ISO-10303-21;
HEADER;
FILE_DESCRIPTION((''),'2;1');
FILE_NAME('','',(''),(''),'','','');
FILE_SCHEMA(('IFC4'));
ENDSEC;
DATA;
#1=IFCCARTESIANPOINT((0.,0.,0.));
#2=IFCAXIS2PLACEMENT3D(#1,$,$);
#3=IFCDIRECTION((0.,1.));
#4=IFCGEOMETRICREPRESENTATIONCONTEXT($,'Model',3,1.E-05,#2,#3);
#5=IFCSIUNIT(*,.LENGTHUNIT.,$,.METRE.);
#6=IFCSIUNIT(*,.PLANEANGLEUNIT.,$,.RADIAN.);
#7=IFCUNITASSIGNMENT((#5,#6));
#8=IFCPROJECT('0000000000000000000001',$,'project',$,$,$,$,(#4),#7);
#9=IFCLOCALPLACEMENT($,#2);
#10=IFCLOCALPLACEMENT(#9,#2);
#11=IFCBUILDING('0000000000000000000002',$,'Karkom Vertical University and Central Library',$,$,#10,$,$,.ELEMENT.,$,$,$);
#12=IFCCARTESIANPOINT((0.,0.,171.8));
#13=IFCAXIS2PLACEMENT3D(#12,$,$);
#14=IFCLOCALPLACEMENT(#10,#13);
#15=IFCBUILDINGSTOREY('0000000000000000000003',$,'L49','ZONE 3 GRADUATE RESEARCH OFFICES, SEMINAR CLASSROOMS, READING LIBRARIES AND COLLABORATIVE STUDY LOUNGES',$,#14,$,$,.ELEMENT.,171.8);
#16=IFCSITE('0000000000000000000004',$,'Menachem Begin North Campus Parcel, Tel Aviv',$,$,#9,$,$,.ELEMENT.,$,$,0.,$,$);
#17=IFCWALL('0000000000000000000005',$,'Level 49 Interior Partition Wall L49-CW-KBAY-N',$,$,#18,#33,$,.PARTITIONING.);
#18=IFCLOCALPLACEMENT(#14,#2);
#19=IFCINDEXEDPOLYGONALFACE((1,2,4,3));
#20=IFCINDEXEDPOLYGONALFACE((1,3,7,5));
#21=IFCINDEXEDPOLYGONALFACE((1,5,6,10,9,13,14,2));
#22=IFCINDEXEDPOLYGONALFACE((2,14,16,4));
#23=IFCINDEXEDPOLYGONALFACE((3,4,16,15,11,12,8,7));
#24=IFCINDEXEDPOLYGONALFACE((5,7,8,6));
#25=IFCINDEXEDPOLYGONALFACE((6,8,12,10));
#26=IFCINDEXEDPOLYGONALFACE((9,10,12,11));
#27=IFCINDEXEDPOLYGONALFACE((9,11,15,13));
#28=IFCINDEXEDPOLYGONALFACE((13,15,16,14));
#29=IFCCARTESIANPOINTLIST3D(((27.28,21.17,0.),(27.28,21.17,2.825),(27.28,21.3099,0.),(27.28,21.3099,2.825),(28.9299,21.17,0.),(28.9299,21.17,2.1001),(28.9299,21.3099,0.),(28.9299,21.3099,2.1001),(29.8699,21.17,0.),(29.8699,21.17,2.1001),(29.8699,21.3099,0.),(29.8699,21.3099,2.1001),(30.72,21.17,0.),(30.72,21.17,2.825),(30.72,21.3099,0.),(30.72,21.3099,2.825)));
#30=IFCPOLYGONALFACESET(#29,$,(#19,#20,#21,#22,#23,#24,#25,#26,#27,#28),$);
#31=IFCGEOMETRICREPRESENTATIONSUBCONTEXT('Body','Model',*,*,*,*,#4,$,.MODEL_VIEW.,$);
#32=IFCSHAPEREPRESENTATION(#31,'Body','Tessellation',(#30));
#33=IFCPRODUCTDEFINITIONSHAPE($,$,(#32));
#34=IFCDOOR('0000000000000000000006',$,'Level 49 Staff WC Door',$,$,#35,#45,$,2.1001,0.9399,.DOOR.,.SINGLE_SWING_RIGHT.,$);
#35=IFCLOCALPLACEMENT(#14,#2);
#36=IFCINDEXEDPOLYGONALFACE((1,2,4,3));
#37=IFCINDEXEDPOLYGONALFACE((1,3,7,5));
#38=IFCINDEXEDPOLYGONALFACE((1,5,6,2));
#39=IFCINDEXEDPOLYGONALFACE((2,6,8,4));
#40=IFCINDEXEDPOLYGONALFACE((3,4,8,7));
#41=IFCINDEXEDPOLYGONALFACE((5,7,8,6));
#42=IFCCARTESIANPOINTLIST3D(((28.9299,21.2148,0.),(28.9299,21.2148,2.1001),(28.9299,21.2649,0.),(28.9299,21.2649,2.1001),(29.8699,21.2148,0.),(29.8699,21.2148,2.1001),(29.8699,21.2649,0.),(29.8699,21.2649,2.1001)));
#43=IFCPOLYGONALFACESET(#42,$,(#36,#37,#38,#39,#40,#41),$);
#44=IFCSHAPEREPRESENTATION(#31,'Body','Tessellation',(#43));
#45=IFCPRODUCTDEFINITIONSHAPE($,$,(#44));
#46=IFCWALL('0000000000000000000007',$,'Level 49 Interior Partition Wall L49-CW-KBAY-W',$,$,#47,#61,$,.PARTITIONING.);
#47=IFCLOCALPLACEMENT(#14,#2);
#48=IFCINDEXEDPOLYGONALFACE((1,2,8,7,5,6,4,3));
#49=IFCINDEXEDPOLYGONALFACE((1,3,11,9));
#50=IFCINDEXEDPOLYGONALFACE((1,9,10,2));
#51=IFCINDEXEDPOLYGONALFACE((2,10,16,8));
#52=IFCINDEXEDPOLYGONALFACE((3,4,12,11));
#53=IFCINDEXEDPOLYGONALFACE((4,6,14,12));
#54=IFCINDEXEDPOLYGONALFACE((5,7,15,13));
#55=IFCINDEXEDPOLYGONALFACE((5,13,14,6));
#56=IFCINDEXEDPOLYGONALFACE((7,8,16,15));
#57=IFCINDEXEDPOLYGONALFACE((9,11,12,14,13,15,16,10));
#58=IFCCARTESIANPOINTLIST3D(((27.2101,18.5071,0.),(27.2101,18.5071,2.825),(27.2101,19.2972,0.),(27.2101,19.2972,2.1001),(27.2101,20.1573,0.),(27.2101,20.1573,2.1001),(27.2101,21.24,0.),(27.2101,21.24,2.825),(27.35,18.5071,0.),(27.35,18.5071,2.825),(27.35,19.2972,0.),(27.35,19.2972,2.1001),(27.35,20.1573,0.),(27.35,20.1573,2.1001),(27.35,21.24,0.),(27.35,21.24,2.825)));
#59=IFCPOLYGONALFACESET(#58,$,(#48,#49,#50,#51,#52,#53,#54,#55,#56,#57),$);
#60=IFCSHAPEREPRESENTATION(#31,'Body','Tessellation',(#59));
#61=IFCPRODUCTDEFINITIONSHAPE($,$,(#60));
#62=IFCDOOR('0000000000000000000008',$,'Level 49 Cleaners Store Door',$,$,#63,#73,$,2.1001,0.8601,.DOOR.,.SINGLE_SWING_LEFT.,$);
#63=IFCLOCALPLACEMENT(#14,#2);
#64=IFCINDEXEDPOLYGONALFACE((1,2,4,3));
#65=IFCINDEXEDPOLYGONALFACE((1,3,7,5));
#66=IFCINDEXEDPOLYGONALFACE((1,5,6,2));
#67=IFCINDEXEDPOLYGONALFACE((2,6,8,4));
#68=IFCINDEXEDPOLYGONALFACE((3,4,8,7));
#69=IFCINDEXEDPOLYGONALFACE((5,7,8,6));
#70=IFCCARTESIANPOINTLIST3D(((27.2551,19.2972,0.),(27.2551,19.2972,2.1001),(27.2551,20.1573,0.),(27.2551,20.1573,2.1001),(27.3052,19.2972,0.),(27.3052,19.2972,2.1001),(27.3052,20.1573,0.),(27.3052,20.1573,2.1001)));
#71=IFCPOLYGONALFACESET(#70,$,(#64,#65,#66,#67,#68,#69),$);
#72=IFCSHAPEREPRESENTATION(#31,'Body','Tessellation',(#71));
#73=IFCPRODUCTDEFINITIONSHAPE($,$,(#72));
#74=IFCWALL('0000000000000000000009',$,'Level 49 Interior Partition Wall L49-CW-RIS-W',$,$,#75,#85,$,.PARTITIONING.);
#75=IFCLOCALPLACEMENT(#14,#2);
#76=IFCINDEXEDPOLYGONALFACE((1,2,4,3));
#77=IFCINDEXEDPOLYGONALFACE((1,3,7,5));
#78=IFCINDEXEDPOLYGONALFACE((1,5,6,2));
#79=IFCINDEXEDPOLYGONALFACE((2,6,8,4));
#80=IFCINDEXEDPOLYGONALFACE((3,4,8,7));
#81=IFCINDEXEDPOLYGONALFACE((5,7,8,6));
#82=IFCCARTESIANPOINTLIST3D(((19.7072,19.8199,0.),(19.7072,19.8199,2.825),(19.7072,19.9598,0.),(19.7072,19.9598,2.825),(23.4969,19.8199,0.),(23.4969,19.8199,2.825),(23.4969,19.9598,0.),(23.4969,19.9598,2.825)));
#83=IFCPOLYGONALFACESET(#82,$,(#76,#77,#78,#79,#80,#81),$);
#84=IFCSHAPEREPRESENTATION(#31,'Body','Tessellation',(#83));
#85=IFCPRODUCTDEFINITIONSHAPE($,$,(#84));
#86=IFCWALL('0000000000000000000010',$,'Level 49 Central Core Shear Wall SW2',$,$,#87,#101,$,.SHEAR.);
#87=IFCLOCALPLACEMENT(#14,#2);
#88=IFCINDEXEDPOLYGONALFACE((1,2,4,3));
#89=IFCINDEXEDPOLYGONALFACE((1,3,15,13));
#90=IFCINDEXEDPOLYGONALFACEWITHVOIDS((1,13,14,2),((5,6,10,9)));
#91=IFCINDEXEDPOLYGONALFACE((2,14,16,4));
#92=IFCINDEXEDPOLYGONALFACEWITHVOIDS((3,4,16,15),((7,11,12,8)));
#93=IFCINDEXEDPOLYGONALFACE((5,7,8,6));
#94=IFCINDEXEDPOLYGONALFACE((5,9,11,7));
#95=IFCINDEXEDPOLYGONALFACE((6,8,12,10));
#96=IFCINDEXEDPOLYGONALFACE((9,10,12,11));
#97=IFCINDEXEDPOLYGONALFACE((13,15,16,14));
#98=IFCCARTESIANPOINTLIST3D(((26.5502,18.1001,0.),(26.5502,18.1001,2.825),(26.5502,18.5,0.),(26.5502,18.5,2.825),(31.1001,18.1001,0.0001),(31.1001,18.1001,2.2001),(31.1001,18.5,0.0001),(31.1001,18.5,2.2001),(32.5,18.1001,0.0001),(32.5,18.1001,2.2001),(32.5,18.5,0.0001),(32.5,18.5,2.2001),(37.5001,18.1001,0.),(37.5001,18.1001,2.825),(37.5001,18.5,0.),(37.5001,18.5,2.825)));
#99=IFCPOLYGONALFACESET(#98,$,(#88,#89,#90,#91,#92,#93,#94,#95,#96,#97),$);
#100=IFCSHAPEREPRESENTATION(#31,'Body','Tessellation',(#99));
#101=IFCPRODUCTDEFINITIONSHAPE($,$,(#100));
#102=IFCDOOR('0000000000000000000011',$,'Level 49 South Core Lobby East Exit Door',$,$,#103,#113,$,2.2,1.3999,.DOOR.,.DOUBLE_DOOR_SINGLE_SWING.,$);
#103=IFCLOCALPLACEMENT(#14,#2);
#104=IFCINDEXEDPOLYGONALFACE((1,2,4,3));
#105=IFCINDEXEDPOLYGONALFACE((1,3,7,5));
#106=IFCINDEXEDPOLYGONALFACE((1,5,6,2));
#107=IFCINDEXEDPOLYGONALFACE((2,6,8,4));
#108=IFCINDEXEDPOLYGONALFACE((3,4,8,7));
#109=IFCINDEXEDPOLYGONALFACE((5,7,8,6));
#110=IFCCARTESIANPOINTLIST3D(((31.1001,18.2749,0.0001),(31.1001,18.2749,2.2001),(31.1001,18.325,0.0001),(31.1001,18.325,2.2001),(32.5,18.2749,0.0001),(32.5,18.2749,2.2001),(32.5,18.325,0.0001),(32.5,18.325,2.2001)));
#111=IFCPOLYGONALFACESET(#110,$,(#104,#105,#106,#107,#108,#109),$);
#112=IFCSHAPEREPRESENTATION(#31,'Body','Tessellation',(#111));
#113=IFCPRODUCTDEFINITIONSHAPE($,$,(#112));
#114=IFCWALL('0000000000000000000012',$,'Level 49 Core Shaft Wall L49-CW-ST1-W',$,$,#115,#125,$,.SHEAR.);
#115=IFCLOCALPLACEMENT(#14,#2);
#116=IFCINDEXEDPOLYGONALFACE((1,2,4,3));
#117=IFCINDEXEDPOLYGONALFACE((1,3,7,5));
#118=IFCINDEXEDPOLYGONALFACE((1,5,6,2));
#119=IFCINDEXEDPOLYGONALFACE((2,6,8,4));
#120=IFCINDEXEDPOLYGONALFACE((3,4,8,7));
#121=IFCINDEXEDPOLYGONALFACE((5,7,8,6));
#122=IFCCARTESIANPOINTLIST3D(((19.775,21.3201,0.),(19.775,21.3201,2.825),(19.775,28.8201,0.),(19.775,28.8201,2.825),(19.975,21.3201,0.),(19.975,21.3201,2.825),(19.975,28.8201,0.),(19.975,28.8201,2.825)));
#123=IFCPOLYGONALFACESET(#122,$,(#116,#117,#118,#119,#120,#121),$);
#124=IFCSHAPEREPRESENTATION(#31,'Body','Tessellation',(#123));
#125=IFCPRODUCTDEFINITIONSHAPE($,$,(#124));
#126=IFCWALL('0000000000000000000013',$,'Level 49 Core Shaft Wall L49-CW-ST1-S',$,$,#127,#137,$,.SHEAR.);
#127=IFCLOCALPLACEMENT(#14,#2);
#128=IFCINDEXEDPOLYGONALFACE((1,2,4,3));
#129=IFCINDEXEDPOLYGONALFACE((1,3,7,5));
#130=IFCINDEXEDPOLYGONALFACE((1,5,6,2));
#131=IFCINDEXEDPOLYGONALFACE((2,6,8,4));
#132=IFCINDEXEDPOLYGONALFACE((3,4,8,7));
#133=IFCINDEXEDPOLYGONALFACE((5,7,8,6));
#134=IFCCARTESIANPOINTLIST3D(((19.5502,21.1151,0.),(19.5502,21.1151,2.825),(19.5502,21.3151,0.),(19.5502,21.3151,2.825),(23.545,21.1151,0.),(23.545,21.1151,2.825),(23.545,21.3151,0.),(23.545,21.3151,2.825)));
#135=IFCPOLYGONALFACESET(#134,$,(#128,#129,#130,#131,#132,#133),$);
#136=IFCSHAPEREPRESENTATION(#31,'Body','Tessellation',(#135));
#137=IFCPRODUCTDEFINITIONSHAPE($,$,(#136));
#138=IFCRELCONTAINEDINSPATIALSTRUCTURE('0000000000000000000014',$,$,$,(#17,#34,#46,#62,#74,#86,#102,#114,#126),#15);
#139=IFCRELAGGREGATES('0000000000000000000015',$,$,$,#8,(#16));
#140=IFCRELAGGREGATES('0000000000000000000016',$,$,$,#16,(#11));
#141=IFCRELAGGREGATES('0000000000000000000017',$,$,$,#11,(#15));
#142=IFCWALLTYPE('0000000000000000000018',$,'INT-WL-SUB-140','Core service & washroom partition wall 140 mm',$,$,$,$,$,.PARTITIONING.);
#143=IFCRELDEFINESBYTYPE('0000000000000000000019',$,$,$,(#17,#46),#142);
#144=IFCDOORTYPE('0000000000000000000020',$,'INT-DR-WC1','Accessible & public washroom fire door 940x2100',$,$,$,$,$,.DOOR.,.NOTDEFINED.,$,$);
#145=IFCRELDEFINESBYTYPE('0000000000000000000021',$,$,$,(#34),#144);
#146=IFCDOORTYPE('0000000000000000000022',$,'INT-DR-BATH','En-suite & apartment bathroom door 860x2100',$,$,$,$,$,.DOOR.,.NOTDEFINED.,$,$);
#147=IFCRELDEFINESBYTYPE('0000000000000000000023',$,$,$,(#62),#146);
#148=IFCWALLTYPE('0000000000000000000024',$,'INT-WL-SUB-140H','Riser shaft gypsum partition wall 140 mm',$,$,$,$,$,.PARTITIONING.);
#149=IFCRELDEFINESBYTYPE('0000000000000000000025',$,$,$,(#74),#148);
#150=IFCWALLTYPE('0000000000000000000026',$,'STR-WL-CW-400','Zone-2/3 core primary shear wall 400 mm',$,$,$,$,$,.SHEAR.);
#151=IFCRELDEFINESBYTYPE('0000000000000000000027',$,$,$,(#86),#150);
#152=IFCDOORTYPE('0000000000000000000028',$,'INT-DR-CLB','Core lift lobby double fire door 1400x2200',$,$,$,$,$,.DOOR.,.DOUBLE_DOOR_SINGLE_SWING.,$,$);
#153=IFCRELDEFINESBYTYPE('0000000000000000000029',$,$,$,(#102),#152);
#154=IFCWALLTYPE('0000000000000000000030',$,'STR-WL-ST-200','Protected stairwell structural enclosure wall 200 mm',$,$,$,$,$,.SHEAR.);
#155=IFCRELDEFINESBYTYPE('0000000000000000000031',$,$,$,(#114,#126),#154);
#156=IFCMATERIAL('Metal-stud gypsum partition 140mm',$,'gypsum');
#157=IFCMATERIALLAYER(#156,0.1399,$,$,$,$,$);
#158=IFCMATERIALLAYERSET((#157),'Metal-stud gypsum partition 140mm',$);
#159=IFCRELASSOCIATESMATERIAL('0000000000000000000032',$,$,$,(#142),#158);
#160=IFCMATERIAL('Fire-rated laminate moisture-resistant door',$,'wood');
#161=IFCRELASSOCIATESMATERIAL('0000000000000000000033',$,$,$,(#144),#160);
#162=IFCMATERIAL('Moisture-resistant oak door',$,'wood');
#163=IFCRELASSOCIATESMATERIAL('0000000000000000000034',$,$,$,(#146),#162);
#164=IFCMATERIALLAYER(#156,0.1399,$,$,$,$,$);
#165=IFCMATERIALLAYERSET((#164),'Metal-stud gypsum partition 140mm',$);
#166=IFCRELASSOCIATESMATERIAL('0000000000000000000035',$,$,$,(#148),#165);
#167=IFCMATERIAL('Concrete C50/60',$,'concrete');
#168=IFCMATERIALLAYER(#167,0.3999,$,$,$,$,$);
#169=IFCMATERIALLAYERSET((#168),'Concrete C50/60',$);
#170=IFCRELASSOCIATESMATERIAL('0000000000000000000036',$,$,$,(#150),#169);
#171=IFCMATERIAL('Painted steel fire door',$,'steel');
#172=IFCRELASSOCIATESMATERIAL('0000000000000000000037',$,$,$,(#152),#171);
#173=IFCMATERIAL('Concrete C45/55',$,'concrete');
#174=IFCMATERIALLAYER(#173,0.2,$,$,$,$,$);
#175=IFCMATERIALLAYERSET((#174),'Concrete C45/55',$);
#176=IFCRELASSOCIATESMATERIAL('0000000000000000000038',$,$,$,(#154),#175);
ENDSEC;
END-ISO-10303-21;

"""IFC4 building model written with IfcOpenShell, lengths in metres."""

from ifc_helpers import new_model, si_unit, direction, frame, frame_2d, origin, origin_with_axes, place, context, subcontext, project, spatial, rectangle, extrude, source, transform, mapped, material, layer, layer_set, type_object, element, fill, save


model = new_model("IFC4")

# Units and contexts
model_context = context("Model", 3, precision=1e-05, world=origin(), true_north=direction((0.0, 1.0)))
body_context = subcontext(model_context, "Body", "Model", "MODEL_VIEW")
ifc_project = project(units=[si_unit("LENGTHUNIT", "METRE"), si_unit("PLANEANGLEUNIT", "RADIAN")], contexts=[model_context])

# Site, building, storey
site_placement = place(None, origin())
site = spatial("IfcSite", under=ifc_project, at=site_placement, Name="Menachem Begin North Campus Parcel, Tel Aviv", CompositionType="ELEMENT", RefElevation=0.0)
building_placement = place(site_placement, origin())
building = spatial("IfcBuilding", under=site, at=building_placement, Name="Karkom Vertical University and Central Library", CompositionType="ELEMENT")
storey_placement = place(building_placement, frame((0.0, 0.0, 171.8)))
storey = spatial("IfcBuildingStorey", under=building, at=storey_placement, Name="L49", Description="ZONE 3 GRADUATE RESEARCH OFFICES, SEMINAR CLASSROOMS, READING LIBRARIES AND COLLABORATIVE STUDY LOUNGES", CompositionType="ELEMENT", Elevation=171.8)

# Shared definitions
ifc_material_1 = material(Name="Concrete C50/60", Category="concrete")

# Walls, openings, doors
ifc_material_2 = material(Name="Metal-stud gypsum partition 140mm", Category="gypsum")
ifc_layer_1 = layer(ifc_material_2, 0.1399)
ifc_layer_set_1 = layer_set([ifc_layer_1], Name="Metal-stud gypsum partition 140mm")
wall_type_1 = type_object("IfcWallType", Name="INT-WL-SUB-140", Description="Core service & washroom partition wall 140 mm", PredefinedType="PARTITIONING", material=ifc_layer_set_1)
wall_1_placement = place(storey_placement, frame((27.28, 21.24, 0.0), z_axis=(0.0, 0.0, 1.0), x_axis=(1.0, 0.0, 0.0)))
wall_1 = element("IfcWall", 1, at=wall_1_placement, inside=storey, type_object=wall_type_1, Name="Level 49 Interior Partition Wall L49-CW-KBAY-N", PredefinedType="PARTITIONING", context=body_context, shape_type="SweptSolid", body=[
    extrude(rectangle(XDim=3.4399, YDim=0.1399, at=frame_2d((1.72, 0.0))), origin(), (0.0, 0.0, 1.0), 2.825),
])
opening_1_placement = place(wall_1_placement, frame((1.6499, 0.0, 0.0)))
opening_1 = element("IfcOpeningElement", 2, at=opening_1_placement, cuts=wall_1, PredefinedType="OPENING", context=body_context, shape_type="SweptSolid", body=[
    extrude(rectangle(XDim=0.9399, YDim=2.1001, at=frame_2d((0.47, 1.05))), frame((0.0, 0.0801, 0.0), z_axis=(0.0, -1.0, 0.0), x_axis=(1.0, 0.0, 0.0)), (0.0, 0.0, 1.0), 0.1599),
])
ifc_material_3 = material(Name="Fire-rated laminate moisture-resistant door", Category="wood")
door_type_1 = type_object("IfcDoorType", Name="INT-DR-WC1", Description="Accessible & public washroom fire door 940x2100", OperationType="NOTDEFINED", PredefinedType="DOOR", material=ifc_material_3)
shared_shape_1 = source(origin_with_axes(), body_context, "Body", "SweptSolid", [
    extrude(rectangle(XDim=0.9399, YDim=2.1001, at=frame_2d((0.47, 1.05))), frame((0.0, 0.0249, 0.0), z_axis=(0.0, -1.0, 0.0), x_axis=(1.0, 0.0, 0.0)), (0.0, 0.0, 1.0), 0.05),
])
door_1_placement = place(opening_1_placement, origin())
door_1 = element("IfcDoor", 3, at=door_1_placement, inside=storey, type_object=door_type_1, Name="Level 49 Staff WC Door", OperationType="SINGLE_SWING_RIGHT", OverallHeight=2.1001, OverallWidth=0.9399, PredefinedType="DOOR", context=body_context, shape_type="MappedRepresentation", body=[
    mapped(shared_shape_1, transform((0.0, 0.0, 0.0), scale=1.0)),
])
fill(opening_1, door_1)
wall_2_placement = place(storey_placement, frame((27.28, 18.5071, 0.0), z_axis=(0.0, 0.0, 1.0), x_axis=(0.0, 1.0, 0.0)))
wall_2 = element("IfcWall", 4, at=wall_2_placement, inside=storey, type_object=wall_type_1, Name="Level 49 Interior Partition Wall L49-CW-KBAY-W", PredefinedType="PARTITIONING", context=body_context, shape_type="SweptSolid", body=[
    extrude(rectangle(XDim=2.7329, YDim=0.1399, at=frame_2d((1.3665, 0.0))), origin(), (0.0, 0.0, 1.0), 2.825),
])
opening_2_placement = place(wall_2_placement, frame((0.79, 0.0, 0.0)))
opening_2 = element("IfcOpeningElement", 5, at=opening_2_placement, cuts=wall_2, PredefinedType="OPENING", context=body_context, shape_type="SweptSolid", body=[
    extrude(rectangle(XDim=0.8601, YDim=2.1001, at=frame_2d((0.4302, 1.05))), frame((0.0, 0.0801, 0.0), z_axis=(0.0, -1.0, 0.0), x_axis=(1.0, 0.0, 0.0)), (0.0, 0.0, 1.0), 0.1599),
])
ifc_material_4 = material(Name="Moisture-resistant oak door", Category="wood")
door_type_2 = type_object("IfcDoorType", Name="INT-DR-BATH", Description="En-suite & apartment bathroom door 860x2100", OperationType="NOTDEFINED", PredefinedType="DOOR", material=ifc_material_4)
shared_shape_2 = source(origin_with_axes(), body_context, "Body", "SweptSolid", [
    extrude(rectangle(XDim=0.8601, YDim=2.1001, at=frame_2d((0.4302, 1.05))), frame((0.0, 0.0249, 0.0), z_axis=(0.0, -1.0, 0.0), x_axis=(1.0, 0.0, 0.0)), (0.0, 0.0, 1.0), 0.05),
])
door_2_placement = place(opening_2_placement, origin())
door_2 = element("IfcDoor", 6, at=door_2_placement, inside=storey, type_object=door_type_2, Name="Level 49 Cleaners Store Door", OperationType="SINGLE_SWING_LEFT", OverallHeight=2.1001, OverallWidth=0.8601, PredefinedType="DOOR", context=body_context, shape_type="MappedRepresentation", body=[
    mapped(shared_shape_2, transform((0.0, 0.0, 0.0), scale=1.0)),
])
fill(opening_2, door_2)

# Wall
ifc_layer_2 = layer(ifc_material_2, 0.1399)
ifc_layer_set_2 = layer_set([ifc_layer_2], Name="Metal-stud gypsum partition 140mm")
wall_type_2 = type_object("IfcWallType", Name="INT-WL-SUB-140H", Description="Riser shaft gypsum partition wall 140 mm", PredefinedType="PARTITIONING", material=ifc_layer_set_2)
wall_3_placement = place(storey_placement, frame((19.707, 19.8899, 0.0), z_axis=(0.0, 0.0, 1.0), x_axis=(1.0, 0.0, 0.0)))
element("IfcWall", 7, at=wall_3_placement, inside=storey, type_object=wall_type_2, Name="Level 49 Interior Partition Wall L49-CW-RIS-W", PredefinedType="PARTITIONING", context=body_context, shape_type="SweptSolid", body=[
    extrude(rectangle(XDim=3.7898, YDim=0.1399, at=frame_2d((1.895, 0.0))), origin(), (0.0, 0.0, 1.0), 2.825),
])

# Wall, opening, door
ifc_layer_3 = layer(ifc_material_1, 0.3999)
ifc_layer_set_3 = layer_set([ifc_layer_3], Name="Concrete C50/60")
wall_type_3 = type_object("IfcWallType", Name="STR-WL-CW-400", Description="Zone-2/3 core primary shear wall 400 mm", PredefinedType="SHEAR", material=ifc_layer_set_3)
wall_4_placement = place(storey_placement, frame((26.55, 18.3, 0.0), z_axis=(0.0, 0.0, 1.0), x_axis=(1.0, 0.0, 0.0)))
wall_4 = element("IfcWall", 8, at=wall_4_placement, inside=storey, type_object=wall_type_3, Name="Level 49 Central Core Shear Wall SW2", PredefinedType="SHEAR", context=body_context, shape_type="SweptSolid", body=[
    extrude(rectangle(XDim=10.95, YDim=0.3999, at=frame_2d((5.4751, 0.0))), origin(), (0.0, 0.0, 1.0), 2.825),
])
opening_3_placement = place(wall_4_placement, frame((4.55, 0.0, 0.0)))
opening_3 = element("IfcOpeningElement", 9, at=opening_3_placement, cuts=wall_4, PredefinedType="OPENING", context=body_context, shape_type="SweptSolid", body=[
    extrude(rectangle(XDim=1.3999, YDim=2.2, at=frame_2d((0.7, 1.1001))), frame((0.0, 0.21, 0.0), z_axis=(0.0, -1.0, 0.0), x_axis=(1.0, 0.0, 0.0)), (0.0, 0.0, 1.0), 0.4199),
])
ifc_material_5 = material(Name="Painted steel fire door", Category="steel")
door_type_3 = type_object("IfcDoorType", Name="INT-DR-CLB", Description="Core lift lobby double fire door 1400x2200", OperationType="DOUBLE_DOOR_SINGLE_SWING", PredefinedType="DOOR", material=ifc_material_5)
shared_shape_3 = source(origin_with_axes(), body_context, "Body", "SweptSolid", [
    extrude(rectangle(XDim=1.3999, YDim=2.2, at=frame_2d((0.7, 1.1001))), frame((0.0, 0.0249, 0.0), z_axis=(0.0, -1.0, 0.0), x_axis=(1.0, 0.0, 0.0)), (0.0, 0.0, 1.0), 0.05),
])
door_3_placement = place(opening_3_placement, origin())
door_3 = element("IfcDoor", 10, at=door_3_placement, inside=storey, type_object=door_type_3, Name="Level 49 South Core Lobby East Exit Door", OperationType="DOUBLE_DOOR_SINGLE_SWING", OverallHeight=2.2, OverallWidth=1.3999, PredefinedType="DOOR", context=body_context, shape_type="MappedRepresentation", body=[
    mapped(shared_shape_3, transform((0.0, 0.0, 0.0), scale=1.0)),
])
fill(opening_3, door_3)

# Shared definitions
ifc_material_6 = material(Name="Concrete C45/55", Category="concrete")
ifc_layer_4 = layer(ifc_material_6, 0.2)
ifc_layer_set_4 = layer_set([ifc_layer_4], Name="Concrete C45/55")
wall_type_4 = type_object("IfcWallType", Name="STR-WL-ST-200", Description="Protected stairwell structural enclosure wall 200 mm", PredefinedType="SHEAR", material=ifc_layer_set_4)

# Walls
wall_5_placement = place(storey_placement, frame((19.875, 21.3201, 0.0), z_axis=(0.0, 0.0, 1.0), x_axis=(0.0, 1.0, 0.0)))
element("IfcWall", 11, at=wall_5_placement, inside=storey, type_object=wall_type_4, Name="Level 49 Core Shaft Wall L49-CW-ST1-W", PredefinedType="SHEAR", context=body_context, shape_type="SweptSolid", body=[
    extrude(rectangle(XDim=7.5, YDim=0.2, at=frame_2d((3.75, 0.0))), origin(), (0.0, 0.0, 1.0), 2.825),
])
wall_6_placement = place(storey_placement, frame((19.55, 21.2151, 0.0), z_axis=(0.0, 0.0, 1.0), x_axis=(1.0, 0.0, 0.0)))
element("IfcWall", 12, at=wall_6_placement, inside=storey, type_object=wall_type_4, Name="Level 49 Core Shaft Wall L49-CW-ST1-S", PredefinedType="SHEAR", context=body_context, shape_type="SweptSolid", body=[
    extrude(rectangle(XDim=3.9949, YDim=0.2, at=frame_2d((1.9976, 0.0))), origin(), (0.0, 0.0, 1.0), 2.825),
])

save(model, "model.ifc")
